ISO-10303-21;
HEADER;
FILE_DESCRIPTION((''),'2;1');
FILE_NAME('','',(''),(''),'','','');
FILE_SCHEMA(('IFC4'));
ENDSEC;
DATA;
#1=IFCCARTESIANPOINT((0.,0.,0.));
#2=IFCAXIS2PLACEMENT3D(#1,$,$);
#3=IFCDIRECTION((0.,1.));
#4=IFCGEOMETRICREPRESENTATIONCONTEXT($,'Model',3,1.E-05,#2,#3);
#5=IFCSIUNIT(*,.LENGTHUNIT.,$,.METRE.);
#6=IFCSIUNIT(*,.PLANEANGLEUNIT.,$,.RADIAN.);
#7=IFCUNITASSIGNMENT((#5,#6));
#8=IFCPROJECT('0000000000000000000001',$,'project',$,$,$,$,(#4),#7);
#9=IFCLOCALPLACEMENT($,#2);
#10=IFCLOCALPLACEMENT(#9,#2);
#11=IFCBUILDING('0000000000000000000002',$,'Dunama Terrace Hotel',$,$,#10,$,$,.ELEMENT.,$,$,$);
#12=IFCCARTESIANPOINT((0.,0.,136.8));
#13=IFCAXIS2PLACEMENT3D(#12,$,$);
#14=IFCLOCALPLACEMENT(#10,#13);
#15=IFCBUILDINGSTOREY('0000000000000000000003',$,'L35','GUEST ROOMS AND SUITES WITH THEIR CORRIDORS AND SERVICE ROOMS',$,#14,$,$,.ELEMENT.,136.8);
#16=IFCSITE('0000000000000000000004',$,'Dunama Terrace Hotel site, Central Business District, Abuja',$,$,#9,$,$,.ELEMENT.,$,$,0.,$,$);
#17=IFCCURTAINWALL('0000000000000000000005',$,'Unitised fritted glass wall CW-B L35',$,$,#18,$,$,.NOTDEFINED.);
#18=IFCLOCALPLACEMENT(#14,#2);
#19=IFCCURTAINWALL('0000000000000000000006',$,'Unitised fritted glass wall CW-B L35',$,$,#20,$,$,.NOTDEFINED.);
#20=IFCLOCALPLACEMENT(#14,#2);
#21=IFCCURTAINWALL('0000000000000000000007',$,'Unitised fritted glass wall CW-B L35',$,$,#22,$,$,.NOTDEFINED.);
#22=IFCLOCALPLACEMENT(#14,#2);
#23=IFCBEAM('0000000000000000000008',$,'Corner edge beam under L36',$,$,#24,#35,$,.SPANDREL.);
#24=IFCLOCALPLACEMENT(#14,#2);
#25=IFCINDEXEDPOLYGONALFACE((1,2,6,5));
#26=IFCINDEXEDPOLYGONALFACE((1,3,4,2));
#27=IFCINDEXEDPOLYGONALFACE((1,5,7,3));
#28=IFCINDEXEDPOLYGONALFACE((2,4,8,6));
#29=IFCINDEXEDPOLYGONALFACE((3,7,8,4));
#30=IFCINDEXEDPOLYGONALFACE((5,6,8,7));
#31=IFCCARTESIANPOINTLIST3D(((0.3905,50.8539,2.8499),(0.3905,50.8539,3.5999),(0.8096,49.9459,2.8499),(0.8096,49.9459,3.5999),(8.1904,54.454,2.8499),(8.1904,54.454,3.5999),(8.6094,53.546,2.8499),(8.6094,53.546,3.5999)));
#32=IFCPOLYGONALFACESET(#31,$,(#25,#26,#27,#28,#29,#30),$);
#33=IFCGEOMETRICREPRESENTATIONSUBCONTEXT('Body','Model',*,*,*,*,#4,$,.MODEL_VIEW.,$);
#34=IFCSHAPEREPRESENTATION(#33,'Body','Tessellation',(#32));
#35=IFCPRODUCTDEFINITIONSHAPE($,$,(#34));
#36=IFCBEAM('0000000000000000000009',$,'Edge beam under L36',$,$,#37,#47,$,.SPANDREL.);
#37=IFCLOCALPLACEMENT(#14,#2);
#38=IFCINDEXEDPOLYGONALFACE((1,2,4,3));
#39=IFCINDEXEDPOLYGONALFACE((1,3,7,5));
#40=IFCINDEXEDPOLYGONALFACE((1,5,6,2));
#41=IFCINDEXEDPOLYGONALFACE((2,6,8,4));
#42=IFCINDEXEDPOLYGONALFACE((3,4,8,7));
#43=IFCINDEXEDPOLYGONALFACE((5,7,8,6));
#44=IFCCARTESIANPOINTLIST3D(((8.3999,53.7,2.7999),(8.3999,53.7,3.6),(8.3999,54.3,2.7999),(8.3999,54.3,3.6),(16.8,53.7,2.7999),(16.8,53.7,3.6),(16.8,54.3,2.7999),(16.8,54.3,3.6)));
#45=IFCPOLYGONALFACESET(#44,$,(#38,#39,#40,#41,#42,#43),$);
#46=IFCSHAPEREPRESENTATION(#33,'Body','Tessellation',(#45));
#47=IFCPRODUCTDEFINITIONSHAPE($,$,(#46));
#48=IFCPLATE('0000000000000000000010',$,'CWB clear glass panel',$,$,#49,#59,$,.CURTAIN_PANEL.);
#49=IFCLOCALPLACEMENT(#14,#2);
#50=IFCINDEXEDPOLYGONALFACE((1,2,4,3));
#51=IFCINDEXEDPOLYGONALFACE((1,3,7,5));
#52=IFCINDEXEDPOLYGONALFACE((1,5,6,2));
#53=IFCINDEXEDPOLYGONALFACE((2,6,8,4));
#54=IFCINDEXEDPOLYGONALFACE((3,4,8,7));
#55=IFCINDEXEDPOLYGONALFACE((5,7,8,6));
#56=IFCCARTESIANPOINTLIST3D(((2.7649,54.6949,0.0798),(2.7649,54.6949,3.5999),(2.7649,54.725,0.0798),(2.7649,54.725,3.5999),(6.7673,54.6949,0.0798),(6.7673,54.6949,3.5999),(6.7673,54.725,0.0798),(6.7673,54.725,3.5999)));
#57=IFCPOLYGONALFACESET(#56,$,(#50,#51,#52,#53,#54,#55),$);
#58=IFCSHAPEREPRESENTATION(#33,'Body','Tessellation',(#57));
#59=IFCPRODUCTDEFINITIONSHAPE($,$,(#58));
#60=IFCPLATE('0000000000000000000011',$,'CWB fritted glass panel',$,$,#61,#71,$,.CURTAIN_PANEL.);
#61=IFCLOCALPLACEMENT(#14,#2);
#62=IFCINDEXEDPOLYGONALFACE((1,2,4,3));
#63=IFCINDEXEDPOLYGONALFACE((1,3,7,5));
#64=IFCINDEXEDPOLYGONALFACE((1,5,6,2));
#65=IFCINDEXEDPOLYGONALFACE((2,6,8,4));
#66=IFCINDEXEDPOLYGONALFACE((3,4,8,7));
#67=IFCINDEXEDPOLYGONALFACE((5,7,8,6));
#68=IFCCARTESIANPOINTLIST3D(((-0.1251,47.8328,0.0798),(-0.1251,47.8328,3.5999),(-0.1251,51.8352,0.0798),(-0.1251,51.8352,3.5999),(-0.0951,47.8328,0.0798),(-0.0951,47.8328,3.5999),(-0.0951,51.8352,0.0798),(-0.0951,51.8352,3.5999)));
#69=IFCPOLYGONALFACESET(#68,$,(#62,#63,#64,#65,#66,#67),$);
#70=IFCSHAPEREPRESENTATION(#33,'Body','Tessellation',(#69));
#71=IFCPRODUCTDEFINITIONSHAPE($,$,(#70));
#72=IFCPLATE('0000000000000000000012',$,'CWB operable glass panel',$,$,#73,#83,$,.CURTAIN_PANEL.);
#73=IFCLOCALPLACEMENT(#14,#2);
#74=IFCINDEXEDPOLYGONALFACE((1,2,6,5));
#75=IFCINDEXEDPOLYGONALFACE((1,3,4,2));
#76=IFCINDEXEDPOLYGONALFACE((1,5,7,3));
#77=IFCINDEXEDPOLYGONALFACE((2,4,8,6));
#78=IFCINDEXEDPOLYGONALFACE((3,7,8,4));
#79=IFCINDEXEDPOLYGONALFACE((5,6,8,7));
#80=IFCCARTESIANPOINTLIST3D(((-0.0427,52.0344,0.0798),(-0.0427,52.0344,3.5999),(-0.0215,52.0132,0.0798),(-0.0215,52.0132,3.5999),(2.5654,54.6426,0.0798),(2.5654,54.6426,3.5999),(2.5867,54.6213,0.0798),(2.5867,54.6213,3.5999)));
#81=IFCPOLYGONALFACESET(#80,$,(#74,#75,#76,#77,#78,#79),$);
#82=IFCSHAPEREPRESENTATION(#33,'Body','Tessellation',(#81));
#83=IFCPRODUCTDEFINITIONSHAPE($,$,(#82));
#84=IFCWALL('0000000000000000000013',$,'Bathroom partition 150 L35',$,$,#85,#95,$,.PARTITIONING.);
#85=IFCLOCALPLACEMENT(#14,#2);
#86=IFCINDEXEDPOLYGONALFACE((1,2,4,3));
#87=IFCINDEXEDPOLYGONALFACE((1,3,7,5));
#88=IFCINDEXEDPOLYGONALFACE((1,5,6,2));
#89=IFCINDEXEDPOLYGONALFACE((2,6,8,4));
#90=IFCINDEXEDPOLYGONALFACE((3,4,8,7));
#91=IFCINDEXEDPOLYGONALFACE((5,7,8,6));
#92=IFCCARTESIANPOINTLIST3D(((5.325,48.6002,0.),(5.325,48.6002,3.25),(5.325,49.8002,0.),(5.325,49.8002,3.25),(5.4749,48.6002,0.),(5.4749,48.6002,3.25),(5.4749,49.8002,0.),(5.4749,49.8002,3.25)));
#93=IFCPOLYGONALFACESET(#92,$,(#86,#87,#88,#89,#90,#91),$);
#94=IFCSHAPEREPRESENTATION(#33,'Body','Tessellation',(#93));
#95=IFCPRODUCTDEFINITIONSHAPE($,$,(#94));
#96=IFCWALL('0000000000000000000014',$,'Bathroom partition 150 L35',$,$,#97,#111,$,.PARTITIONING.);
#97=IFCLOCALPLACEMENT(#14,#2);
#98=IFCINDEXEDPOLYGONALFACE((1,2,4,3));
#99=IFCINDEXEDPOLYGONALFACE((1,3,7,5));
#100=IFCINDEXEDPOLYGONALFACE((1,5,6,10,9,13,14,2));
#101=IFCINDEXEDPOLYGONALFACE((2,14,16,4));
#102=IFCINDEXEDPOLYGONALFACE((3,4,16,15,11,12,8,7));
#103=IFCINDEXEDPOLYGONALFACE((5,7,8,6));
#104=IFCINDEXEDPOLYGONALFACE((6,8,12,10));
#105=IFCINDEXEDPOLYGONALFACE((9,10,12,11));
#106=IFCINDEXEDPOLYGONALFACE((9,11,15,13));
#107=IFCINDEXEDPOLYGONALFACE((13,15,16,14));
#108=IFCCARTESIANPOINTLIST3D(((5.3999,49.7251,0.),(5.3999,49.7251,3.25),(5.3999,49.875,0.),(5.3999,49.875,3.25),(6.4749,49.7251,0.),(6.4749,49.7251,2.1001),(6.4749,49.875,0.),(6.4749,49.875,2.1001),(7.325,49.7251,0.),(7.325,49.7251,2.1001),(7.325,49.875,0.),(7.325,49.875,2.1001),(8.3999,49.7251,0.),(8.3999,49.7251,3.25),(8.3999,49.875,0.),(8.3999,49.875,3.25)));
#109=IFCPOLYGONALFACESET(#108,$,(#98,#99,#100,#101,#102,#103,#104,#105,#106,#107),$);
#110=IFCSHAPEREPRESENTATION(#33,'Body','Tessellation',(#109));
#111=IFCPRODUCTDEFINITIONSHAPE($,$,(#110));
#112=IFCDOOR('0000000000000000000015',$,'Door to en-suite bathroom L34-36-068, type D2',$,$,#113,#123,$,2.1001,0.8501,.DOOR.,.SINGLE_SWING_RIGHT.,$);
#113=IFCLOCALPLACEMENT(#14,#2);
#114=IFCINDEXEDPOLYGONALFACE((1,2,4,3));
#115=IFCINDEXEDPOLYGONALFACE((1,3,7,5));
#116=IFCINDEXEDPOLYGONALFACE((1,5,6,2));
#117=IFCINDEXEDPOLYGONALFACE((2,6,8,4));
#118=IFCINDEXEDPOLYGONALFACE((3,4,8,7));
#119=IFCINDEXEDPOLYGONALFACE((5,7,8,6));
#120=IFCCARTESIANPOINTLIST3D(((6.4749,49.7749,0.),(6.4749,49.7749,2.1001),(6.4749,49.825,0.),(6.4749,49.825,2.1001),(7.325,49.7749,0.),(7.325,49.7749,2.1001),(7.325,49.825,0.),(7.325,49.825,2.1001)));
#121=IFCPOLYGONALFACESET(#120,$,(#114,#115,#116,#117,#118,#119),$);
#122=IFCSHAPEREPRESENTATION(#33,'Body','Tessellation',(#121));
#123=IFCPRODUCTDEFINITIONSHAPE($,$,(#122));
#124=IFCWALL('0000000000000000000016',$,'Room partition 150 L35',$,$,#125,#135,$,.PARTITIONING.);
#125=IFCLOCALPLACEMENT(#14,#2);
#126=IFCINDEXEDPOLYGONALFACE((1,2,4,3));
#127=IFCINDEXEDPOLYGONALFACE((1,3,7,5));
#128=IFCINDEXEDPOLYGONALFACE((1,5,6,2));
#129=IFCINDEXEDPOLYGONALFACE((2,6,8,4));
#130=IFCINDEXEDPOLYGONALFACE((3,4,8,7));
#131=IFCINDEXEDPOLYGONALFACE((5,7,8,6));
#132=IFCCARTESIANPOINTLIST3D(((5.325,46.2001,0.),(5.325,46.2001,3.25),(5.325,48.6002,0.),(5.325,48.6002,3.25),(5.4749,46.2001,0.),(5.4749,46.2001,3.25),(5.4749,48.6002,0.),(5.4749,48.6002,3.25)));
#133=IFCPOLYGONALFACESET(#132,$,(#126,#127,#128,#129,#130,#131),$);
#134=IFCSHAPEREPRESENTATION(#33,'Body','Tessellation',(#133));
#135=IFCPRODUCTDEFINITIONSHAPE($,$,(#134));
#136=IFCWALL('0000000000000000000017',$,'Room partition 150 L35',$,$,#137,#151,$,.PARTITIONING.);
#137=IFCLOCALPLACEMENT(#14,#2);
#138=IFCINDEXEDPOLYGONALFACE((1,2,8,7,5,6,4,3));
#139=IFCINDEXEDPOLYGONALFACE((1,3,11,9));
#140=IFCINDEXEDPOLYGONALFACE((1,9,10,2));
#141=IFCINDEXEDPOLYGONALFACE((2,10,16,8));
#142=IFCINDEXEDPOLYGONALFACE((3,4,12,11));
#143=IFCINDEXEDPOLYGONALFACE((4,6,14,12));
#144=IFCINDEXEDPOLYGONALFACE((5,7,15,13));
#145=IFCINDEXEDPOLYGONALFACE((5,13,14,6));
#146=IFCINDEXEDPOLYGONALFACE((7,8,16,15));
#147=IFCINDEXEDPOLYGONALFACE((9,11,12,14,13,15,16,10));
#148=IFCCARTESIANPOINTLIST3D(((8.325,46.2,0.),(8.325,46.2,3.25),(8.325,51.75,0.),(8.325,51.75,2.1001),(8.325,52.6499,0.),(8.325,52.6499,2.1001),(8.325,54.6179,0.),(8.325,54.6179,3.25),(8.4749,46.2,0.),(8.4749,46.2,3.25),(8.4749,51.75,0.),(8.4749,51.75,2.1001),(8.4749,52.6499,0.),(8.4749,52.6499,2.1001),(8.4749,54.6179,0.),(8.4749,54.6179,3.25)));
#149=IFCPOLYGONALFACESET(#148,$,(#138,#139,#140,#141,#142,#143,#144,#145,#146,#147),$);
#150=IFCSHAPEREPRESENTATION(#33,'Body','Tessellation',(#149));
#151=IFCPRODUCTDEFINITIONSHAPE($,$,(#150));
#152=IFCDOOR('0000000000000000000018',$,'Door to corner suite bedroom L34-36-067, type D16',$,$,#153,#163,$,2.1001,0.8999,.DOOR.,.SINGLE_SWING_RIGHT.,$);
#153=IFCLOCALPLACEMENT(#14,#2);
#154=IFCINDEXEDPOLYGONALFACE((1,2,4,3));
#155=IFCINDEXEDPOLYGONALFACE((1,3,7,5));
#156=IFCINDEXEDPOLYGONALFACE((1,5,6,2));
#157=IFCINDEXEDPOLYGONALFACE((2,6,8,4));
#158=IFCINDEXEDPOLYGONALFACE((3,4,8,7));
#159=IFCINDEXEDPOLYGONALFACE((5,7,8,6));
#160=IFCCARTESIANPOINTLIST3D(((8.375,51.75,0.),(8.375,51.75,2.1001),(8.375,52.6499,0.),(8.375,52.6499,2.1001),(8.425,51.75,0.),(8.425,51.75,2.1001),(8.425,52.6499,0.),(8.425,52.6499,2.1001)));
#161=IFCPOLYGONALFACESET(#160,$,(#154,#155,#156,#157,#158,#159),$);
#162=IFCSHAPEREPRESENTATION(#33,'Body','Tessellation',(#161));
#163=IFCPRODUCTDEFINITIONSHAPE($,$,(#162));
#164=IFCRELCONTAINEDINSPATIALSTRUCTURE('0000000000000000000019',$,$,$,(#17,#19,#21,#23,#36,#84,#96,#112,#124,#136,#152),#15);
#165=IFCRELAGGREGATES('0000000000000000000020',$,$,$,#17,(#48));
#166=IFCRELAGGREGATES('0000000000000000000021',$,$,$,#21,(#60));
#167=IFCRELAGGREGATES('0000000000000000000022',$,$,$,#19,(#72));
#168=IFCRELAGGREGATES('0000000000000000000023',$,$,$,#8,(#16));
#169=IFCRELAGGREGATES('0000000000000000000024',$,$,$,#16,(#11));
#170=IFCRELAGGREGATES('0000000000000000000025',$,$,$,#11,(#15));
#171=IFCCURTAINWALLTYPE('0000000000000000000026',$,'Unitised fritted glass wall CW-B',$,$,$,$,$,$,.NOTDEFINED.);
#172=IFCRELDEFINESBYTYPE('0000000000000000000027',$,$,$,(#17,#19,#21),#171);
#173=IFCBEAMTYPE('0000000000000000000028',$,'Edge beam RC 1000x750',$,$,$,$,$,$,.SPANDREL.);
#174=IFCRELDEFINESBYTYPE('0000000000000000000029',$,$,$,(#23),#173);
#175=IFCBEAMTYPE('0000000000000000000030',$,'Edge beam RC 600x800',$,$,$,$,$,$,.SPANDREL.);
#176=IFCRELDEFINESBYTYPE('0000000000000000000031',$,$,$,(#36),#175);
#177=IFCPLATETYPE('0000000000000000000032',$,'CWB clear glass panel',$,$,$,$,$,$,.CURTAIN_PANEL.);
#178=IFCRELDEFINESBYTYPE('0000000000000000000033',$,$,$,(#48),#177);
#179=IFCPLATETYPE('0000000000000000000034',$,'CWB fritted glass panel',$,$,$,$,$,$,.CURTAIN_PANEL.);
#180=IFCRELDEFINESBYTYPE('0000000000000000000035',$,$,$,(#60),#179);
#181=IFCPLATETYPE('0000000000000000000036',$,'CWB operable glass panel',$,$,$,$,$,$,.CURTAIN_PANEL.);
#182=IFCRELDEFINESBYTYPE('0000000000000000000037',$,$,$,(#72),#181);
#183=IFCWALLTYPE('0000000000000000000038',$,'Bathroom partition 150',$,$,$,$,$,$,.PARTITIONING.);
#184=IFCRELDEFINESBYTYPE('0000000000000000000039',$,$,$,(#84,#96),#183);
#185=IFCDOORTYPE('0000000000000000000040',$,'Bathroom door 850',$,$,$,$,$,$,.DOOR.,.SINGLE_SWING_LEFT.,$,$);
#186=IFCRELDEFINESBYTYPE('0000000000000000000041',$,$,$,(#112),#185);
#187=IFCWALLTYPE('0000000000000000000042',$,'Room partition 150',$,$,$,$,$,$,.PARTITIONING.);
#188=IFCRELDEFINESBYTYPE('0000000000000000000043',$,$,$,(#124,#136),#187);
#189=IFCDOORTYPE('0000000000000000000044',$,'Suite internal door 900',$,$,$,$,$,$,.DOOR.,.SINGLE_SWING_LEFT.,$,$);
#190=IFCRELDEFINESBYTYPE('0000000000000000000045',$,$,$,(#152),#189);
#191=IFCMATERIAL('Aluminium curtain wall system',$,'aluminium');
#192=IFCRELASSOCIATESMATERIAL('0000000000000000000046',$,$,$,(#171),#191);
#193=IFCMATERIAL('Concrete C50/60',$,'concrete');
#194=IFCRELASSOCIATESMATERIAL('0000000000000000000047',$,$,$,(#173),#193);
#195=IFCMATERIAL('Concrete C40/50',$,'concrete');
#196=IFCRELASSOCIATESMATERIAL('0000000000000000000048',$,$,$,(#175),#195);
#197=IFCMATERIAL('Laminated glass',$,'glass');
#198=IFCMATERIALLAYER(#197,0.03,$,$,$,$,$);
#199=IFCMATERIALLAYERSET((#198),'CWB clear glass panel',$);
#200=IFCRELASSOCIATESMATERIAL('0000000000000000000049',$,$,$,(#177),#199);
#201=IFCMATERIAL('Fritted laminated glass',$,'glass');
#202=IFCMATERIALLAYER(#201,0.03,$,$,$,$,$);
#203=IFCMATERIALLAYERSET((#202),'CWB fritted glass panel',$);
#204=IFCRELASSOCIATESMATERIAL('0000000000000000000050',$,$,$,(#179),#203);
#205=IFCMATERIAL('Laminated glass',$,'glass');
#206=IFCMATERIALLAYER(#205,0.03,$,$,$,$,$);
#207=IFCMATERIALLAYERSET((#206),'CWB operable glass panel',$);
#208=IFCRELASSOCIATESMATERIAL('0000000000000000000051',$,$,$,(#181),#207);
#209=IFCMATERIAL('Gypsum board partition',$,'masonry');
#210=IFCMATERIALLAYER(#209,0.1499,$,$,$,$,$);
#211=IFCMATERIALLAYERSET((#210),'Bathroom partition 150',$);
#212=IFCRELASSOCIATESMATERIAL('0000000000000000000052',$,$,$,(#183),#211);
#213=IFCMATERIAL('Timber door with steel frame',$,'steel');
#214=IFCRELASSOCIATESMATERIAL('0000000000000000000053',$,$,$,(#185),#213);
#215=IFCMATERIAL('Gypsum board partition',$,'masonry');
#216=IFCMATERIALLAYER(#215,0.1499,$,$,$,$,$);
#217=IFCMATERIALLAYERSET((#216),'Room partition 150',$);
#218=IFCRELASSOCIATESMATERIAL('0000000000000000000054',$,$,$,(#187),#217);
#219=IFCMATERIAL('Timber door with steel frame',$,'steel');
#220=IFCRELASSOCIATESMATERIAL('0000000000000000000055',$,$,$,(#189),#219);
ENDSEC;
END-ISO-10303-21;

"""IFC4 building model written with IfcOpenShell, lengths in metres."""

from ifc_helpers import new_model, si_unit, direction, frame, frame_2d, origin, origin_2d, place, context, subcontext, project, spatial, rectangle, extrude, material, layer, layer_set, material_profile, profile_set, type_object, element, fill, aggregate, save


model = new_model("IFC4")

# Units and contexts
model_context = context("Model", 3, precision=1e-05, world=origin(), true_north=direction((0.0, 1.0)))
body_context = subcontext(model_context, "Body", "Model", "MODEL_VIEW")
ifc_project = project(units=[si_unit("LENGTHUNIT", "METRE"), si_unit("PLANEANGLEUNIT", "RADIAN")], contexts=[model_context])

# Site, building, storey
site_placement = place(None, origin())
site = spatial("IfcSite", under=ifc_project, at=site_placement, Name="Dunama Terrace Hotel site, Central Business District, Abuja", CompositionType="ELEMENT", RefElevation=0.0)
building_placement = place(site_placement, origin())
building = spatial("IfcBuilding", under=site, at=building_placement, Name="Dunama Terrace Hotel", CompositionType="ELEMENT")
storey_placement = place(building_placement, frame((0.0, 0.0, 136.8)))
storey = spatial("IfcBuildingStorey", under=building, at=storey_placement, Name="L35", Description="GUEST ROOMS AND SUITES WITH THEIR CORRIDORS AND SERVICE ROOMS", CompositionType="ELEMENT", Elevation=136.8)

# Curtain walls
ifc_material_1 = material(Name="Aluminium curtain wall system", Category="aluminium")
curtain_wall_type = type_object("IfcCurtainWallType", Name="Unitised fritted glass wall CW-B", PredefinedType="NOTDEFINED", material=ifc_material_1)
curtain_wall_1_placement = place(storey_placement, origin())
curtain_wall_1 = element("IfcCurtainWall", 1, at=curtain_wall_1_placement, inside=storey, type_object=curtain_wall_type, Name="Unitised fritted glass wall CW-B L35", PredefinedType="NOTDEFINED")
curtain_wall_2_placement = place(storey_placement, origin())
curtain_wall_2 = element("IfcCurtainWall", 2, at=curtain_wall_2_placement, inside=storey, type_object=curtain_wall_type, Name="Unitised fritted glass wall CW-B L35", PredefinedType="NOTDEFINED")
curtain_wall_3_placement = place(storey_placement, origin())
curtain_wall_3 = element("IfcCurtainWall", 3, at=curtain_wall_3_placement, inside=storey, type_object=curtain_wall_type, Name="Unitised fritted glass wall CW-B L35", PredefinedType="NOTDEFINED")

# Beams
ifc_material_2 = material(Name="Concrete C50/60", Category="concrete")
ifc_material_profile_1 = material_profile(ifc_material_2, rectangle(XDim=1.0, YDim=0.75, at=origin_2d()), Name="RC 1000x750")
ifc_profile_set_1 = profile_set([ifc_material_profile_1], Name="Concrete C50/60")
beam_type_1 = type_object("IfcBeamType", Name="Edge beam RC 1000x750", PredefinedType="SPANDREL", material=ifc_profile_set_1)
beam_1_placement = place(storey_placement, frame((8.3999, 54.0, 3.2249), z_axis=(-0.907951, -0.419076, 0.0), x_axis=(0.419076, -0.907951, 0.0)))
element("IfcBeam", 4, at=beam_1_placement, inside=storey, type_object=beam_type_1, Name="Corner edge beam under L36", PredefinedType="SPANDREL", context=body_context, shape_type="SweptSolid", body=[
    extrude(rectangle(XDim=1.0, YDim=0.75, at=origin_2d()), origin(), (0.0, 0.0, 1.0), 8.5906),
])
ifc_material_3 = material(Name="Concrete C40/50", Category="concrete")
ifc_material_profile_2 = material_profile(ifc_material_3, rectangle(XDim=0.6001, YDim=0.8, at=origin_2d()), Name="RC 600x800")
ifc_profile_set_2 = profile_set([ifc_material_profile_2], Name="Concrete C40/50")
beam_type_2 = type_object("IfcBeamType", Name="Edge beam RC 600x800", PredefinedType="SPANDREL", material=ifc_profile_set_2)
beam_2_placement = place(storey_placement, frame((8.3999, 54.0, 3.2), z_axis=(1.0, 0.0, 0.0), x_axis=(0.0, 1.0, 0.0)))
element("IfcBeam", 5, at=beam_2_placement, inside=storey, type_object=beam_type_2, Name="Edge beam under L36", PredefinedType="SPANDREL", context=body_context, shape_type="SweptSolid", body=[
    extrude(rectangle(XDim=0.6001, YDim=0.8, at=origin_2d()), origin(), (0.0, 0.0, 1.0), 8.4001),
])

# Plates
ifc_material_4 = material(Name="Laminated glass", Category="glass")
ifc_layer_1 = layer(ifc_material_4, 0.03)
ifc_layer_set_1 = layer_set([ifc_layer_1], Name="CWB clear glass panel")
plate_type_1 = type_object("IfcPlateType", Name="CWB clear glass panel", PredefinedType="CURTAIN_PANEL", material=ifc_layer_set_1)
plate_1_placement = place(storey_placement, frame((4.7661, 54.71, 0.0798), z_axis=(0.0, 0.0, 1.0), x_axis=(-1.0, 0.0, 0.0)))
plate_1 = element("IfcPlate", 6, at=plate_1_placement, type_object=plate_type_1, Name="CWB clear glass panel", PredefinedType="CURTAIN_PANEL", context=body_context, shape_type="SweptSolid", body=[
    extrude(rectangle(XDim=4.0024, YDim=0.03, at=origin_2d()), origin(), (0.0, 0.0, 1.0), 3.52),
])
aggregate(curtain_wall_1, [plate_1])
ifc_material_5 = material(Name="Fritted laminated glass", Category="glass")
ifc_layer_2 = layer(ifc_material_5, 0.03)
ifc_layer_set_2 = layer_set([ifc_layer_2], Name="CWB fritted glass panel")
plate_type_2 = type_object("IfcPlateType", Name="CWB fritted glass panel", PredefinedType="CURTAIN_PANEL", material=ifc_layer_set_2)
plate_2_placement = place(storey_placement, frame((-0.1101, 49.834, 0.0798), z_axis=(0.0, 0.0, 1.0), x_axis=(0.0, -1.0, 0.0)))
plate_2 = element("IfcPlate", 7, at=plate_2_placement, type_object=plate_type_2, Name="CWB fritted glass panel", PredefinedType="CURTAIN_PANEL", context=body_context, shape_type="SweptSolid", body=[
    extrude(rectangle(XDim=4.0024, YDim=0.03, at=origin_2d()), origin(), (0.0, 0.0, 1.0), 3.52),
])
aggregate(curtain_wall_3, [plate_2])
ifc_material_6 = material(Name="Laminated glass", Category="glass")
ifc_layer_3 = layer(ifc_material_6, 0.03)
ifc_layer_set_3 = layer_set([ifc_layer_3], Name="CWB operable glass panel")
plate_type_3 = type_object("IfcPlateType", Name="CWB operable glass panel", PredefinedType="CURTAIN_PANEL", material=ifc_layer_set_3)
plate_3_placement = place(storey_placement, frame((1.272, 53.3279, 0.0798), z_axis=(0.0, 0.0, 1.0), x_axis=(-0.707107, -0.707107, 0.0)))
plate_3 = element("IfcPlate", 8, at=plate_3_placement, type_object=plate_type_3, Name="CWB operable glass panel", PredefinedType="CURTAIN_PANEL", context=body_context, shape_type="SweptSolid", body=[
    extrude(rectangle(XDim=3.6885, YDim=0.03, at=origin_2d()), origin(), (0.0, 0.0, 1.0), 3.52),
])
aggregate(curtain_wall_2, [plate_3])

# Wall
ifc_material_7 = material(Name="Gypsum board partition", Category="masonry")
ifc_layer_4 = layer(ifc_material_7, 0.1499)
ifc_layer_set_4 = layer_set([ifc_layer_4], Name="Bathroom partition 150")
wall_type_1 = type_object("IfcWallType", Name="Bathroom partition 150", PredefinedType="PARTITIONING", material=ifc_layer_set_4)
wall_1_placement = place(storey_placement, frame((5.3999, 48.6001, 0.0), z_axis=(0.0, 0.0, 1.0), x_axis=(0.0, 1.0, 0.0)))
element("IfcWall", 9, at=wall_1_placement, inside=storey, type_object=wall_type_1, Name="Bathroom partition 150 L35", PredefinedType="PARTITIONING", context=body_context, shape_type="SweptSolid", body=[
    extrude(rectangle(XDim=1.2, YDim=0.1499, at=frame_2d((0.6001, 0.0))), origin(), (0.0, 0.0, 1.0), 3.25),
])

# Wall, opening, door
wall_2_placement = place(storey_placement, frame((5.3999, 49.8, 0.0), z_axis=(0.0, 0.0, 1.0), x_axis=(1.0, 0.0, 0.0)))
wall_2 = element("IfcWall", 10, at=wall_2_placement, inside=storey, type_object=wall_type_1, Name="Bathroom partition 150 L35", PredefinedType="PARTITIONING", context=body_context, shape_type="SweptSolid", body=[
    extrude(rectangle(XDim=3.0, YDim=0.1499, at=frame_2d((1.5, 0.0))), origin(), (0.0, 0.0, 1.0), 3.25),
])
opening_1_placement = place(wall_2_placement, frame((1.075, 0.0, 0.0)))
opening_1 = element("IfcOpeningElement", 11, at=opening_1_placement, cuts=wall_2, PredefinedType="OPENING", context=body_context, shape_type="SweptSolid", body=[
    extrude(rectangle(XDim=0.8501, YDim=2.1001, at=frame_2d((0.425, 1.05))), frame((0.0, 0.085, 0.0), z_axis=(0.0, -1.0, 0.0), x_axis=(1.0, 0.0, 0.0)), (0.0, 0.0, 1.0), 0.1699),
])
ifc_material_8 = material(Name="Timber door with steel frame", Category="steel")
door_type_1 = type_object("IfcDoorType", Name="Bathroom door 850", OperationType="SINGLE_SWING_LEFT", PredefinedType="DOOR", material=ifc_material_8)
door_1_placement = place(opening_1_placement, frame((0.8501, 0.0, 0.0), z_axis=(0.0, 0.0, 1.0), x_axis=(-1.0, 0.0, 0.0)))
door_1 = element("IfcDoor", 12, at=door_1_placement, inside=storey, type_object=door_type_1, Name="Door to en-suite bathroom L34-36-068, type D2", OperationType="SINGLE_SWING_RIGHT", OverallHeight=2.1001, OverallWidth=0.8501, PredefinedType="DOOR", context=body_context, shape_type="SweptSolid", body=[
    extrude(rectangle(XDim=0.8501, YDim=2.1001, at=frame_2d((0.425, 1.05))), frame((0.0, 0.0251, 0.0), z_axis=(0.0, -1.0, 0.0), x_axis=(1.0, 0.0, 0.0)), (0.0, 0.0, 1.0), 0.05),
])
fill(opening_1, door_1)

# Wall
ifc_material_9 = material(Name="Gypsum board partition", Category="masonry")
ifc_layer_5 = layer(ifc_material_9, 0.1499)
ifc_layer_set_5 = layer_set([ifc_layer_5], Name="Room partition 150")
wall_type_2 = type_object("IfcWallType", Name="Room partition 150", PredefinedType="PARTITIONING", material=ifc_layer_set_5)
wall_3_placement = place(storey_placement, frame((5.3999, 46.2, 0.0), z_axis=(0.0, 0.0, 1.0), x_axis=(0.0, 1.0, 0.0)))
element("IfcWall", 13, at=wall_3_placement, inside=storey, type_object=wall_type_2, Name="Room partition 150 L35", PredefinedType="PARTITIONING", context=body_context, shape_type="SweptSolid", body=[
    extrude(rectangle(XDim=2.4001, YDim=0.1499, at=frame_2d((1.2002, 0.0))), origin(), (0.0, 0.0, 1.0), 3.25),
])

# Wall, opening, door
wall_4_placement = place(storey_placement, frame((8.3999, 46.2, 0.0), z_axis=(0.0, 0.0, 1.0), x_axis=(0.0, 1.0, 0.0)))
wall_4 = element("IfcWall", 14, at=wall_4_placement, inside=storey, type_object=wall_type_2, Name="Room partition 150 L35", PredefinedType="PARTITIONING", context=body_context, shape_type="SweptSolid", body=[
    extrude(rectangle(XDim=8.418, YDim=0.1499, at=frame_2d((4.209, 0.0))), origin(), (0.0, 0.0, 1.0), 3.25),
])
opening_2_placement = place(wall_4_placement, frame((5.55, 0.0, 0.0)))
opening_2 = element("IfcOpeningElement", 15, at=opening_2_placement, cuts=wall_4, PredefinedType="OPENING", context=body_context, shape_type="SweptSolid", body=[
    extrude(rectangle(XDim=0.8999, YDim=2.1001, at=frame_2d((0.45, 1.05))), frame((0.0, 0.085, 0.0), z_axis=(0.0, -1.0, 0.0), x_axis=(1.0, 0.0, 0.0)), (0.0, 0.0, 1.0), 0.1699),
])
ifc_material_10 = material(Name="Timber door with steel frame", Category="steel")
door_type_2 = type_object("IfcDoorType", Name="Suite internal door 900", OperationType="SINGLE_SWING_LEFT", PredefinedType="DOOR", material=ifc_material_10)
door_2_placement = place(opening_2_placement, origin())
door_2 = element("IfcDoor", 16, at=door_2_placement, inside=storey, type_object=door_type_2, Name="Door to corner suite bedroom L34-36-067, type D16", OperationType="SINGLE_SWING_RIGHT", OverallHeight=2.1001, OverallWidth=0.8999, PredefinedType="DOOR", context=body_context, shape_type="SweptSolid", body=[
    extrude(rectangle(XDim=0.8999, YDim=2.1001, at=frame_2d((0.45, 1.05))), frame((0.0, 0.0249, 0.0), z_axis=(0.0, -1.0, 0.0), x_axis=(1.0, 0.0, 0.0)), (0.0, 0.0, 1.0), 0.05),
])
fill(opening_2, door_2)

save(model, "model.ifc")
